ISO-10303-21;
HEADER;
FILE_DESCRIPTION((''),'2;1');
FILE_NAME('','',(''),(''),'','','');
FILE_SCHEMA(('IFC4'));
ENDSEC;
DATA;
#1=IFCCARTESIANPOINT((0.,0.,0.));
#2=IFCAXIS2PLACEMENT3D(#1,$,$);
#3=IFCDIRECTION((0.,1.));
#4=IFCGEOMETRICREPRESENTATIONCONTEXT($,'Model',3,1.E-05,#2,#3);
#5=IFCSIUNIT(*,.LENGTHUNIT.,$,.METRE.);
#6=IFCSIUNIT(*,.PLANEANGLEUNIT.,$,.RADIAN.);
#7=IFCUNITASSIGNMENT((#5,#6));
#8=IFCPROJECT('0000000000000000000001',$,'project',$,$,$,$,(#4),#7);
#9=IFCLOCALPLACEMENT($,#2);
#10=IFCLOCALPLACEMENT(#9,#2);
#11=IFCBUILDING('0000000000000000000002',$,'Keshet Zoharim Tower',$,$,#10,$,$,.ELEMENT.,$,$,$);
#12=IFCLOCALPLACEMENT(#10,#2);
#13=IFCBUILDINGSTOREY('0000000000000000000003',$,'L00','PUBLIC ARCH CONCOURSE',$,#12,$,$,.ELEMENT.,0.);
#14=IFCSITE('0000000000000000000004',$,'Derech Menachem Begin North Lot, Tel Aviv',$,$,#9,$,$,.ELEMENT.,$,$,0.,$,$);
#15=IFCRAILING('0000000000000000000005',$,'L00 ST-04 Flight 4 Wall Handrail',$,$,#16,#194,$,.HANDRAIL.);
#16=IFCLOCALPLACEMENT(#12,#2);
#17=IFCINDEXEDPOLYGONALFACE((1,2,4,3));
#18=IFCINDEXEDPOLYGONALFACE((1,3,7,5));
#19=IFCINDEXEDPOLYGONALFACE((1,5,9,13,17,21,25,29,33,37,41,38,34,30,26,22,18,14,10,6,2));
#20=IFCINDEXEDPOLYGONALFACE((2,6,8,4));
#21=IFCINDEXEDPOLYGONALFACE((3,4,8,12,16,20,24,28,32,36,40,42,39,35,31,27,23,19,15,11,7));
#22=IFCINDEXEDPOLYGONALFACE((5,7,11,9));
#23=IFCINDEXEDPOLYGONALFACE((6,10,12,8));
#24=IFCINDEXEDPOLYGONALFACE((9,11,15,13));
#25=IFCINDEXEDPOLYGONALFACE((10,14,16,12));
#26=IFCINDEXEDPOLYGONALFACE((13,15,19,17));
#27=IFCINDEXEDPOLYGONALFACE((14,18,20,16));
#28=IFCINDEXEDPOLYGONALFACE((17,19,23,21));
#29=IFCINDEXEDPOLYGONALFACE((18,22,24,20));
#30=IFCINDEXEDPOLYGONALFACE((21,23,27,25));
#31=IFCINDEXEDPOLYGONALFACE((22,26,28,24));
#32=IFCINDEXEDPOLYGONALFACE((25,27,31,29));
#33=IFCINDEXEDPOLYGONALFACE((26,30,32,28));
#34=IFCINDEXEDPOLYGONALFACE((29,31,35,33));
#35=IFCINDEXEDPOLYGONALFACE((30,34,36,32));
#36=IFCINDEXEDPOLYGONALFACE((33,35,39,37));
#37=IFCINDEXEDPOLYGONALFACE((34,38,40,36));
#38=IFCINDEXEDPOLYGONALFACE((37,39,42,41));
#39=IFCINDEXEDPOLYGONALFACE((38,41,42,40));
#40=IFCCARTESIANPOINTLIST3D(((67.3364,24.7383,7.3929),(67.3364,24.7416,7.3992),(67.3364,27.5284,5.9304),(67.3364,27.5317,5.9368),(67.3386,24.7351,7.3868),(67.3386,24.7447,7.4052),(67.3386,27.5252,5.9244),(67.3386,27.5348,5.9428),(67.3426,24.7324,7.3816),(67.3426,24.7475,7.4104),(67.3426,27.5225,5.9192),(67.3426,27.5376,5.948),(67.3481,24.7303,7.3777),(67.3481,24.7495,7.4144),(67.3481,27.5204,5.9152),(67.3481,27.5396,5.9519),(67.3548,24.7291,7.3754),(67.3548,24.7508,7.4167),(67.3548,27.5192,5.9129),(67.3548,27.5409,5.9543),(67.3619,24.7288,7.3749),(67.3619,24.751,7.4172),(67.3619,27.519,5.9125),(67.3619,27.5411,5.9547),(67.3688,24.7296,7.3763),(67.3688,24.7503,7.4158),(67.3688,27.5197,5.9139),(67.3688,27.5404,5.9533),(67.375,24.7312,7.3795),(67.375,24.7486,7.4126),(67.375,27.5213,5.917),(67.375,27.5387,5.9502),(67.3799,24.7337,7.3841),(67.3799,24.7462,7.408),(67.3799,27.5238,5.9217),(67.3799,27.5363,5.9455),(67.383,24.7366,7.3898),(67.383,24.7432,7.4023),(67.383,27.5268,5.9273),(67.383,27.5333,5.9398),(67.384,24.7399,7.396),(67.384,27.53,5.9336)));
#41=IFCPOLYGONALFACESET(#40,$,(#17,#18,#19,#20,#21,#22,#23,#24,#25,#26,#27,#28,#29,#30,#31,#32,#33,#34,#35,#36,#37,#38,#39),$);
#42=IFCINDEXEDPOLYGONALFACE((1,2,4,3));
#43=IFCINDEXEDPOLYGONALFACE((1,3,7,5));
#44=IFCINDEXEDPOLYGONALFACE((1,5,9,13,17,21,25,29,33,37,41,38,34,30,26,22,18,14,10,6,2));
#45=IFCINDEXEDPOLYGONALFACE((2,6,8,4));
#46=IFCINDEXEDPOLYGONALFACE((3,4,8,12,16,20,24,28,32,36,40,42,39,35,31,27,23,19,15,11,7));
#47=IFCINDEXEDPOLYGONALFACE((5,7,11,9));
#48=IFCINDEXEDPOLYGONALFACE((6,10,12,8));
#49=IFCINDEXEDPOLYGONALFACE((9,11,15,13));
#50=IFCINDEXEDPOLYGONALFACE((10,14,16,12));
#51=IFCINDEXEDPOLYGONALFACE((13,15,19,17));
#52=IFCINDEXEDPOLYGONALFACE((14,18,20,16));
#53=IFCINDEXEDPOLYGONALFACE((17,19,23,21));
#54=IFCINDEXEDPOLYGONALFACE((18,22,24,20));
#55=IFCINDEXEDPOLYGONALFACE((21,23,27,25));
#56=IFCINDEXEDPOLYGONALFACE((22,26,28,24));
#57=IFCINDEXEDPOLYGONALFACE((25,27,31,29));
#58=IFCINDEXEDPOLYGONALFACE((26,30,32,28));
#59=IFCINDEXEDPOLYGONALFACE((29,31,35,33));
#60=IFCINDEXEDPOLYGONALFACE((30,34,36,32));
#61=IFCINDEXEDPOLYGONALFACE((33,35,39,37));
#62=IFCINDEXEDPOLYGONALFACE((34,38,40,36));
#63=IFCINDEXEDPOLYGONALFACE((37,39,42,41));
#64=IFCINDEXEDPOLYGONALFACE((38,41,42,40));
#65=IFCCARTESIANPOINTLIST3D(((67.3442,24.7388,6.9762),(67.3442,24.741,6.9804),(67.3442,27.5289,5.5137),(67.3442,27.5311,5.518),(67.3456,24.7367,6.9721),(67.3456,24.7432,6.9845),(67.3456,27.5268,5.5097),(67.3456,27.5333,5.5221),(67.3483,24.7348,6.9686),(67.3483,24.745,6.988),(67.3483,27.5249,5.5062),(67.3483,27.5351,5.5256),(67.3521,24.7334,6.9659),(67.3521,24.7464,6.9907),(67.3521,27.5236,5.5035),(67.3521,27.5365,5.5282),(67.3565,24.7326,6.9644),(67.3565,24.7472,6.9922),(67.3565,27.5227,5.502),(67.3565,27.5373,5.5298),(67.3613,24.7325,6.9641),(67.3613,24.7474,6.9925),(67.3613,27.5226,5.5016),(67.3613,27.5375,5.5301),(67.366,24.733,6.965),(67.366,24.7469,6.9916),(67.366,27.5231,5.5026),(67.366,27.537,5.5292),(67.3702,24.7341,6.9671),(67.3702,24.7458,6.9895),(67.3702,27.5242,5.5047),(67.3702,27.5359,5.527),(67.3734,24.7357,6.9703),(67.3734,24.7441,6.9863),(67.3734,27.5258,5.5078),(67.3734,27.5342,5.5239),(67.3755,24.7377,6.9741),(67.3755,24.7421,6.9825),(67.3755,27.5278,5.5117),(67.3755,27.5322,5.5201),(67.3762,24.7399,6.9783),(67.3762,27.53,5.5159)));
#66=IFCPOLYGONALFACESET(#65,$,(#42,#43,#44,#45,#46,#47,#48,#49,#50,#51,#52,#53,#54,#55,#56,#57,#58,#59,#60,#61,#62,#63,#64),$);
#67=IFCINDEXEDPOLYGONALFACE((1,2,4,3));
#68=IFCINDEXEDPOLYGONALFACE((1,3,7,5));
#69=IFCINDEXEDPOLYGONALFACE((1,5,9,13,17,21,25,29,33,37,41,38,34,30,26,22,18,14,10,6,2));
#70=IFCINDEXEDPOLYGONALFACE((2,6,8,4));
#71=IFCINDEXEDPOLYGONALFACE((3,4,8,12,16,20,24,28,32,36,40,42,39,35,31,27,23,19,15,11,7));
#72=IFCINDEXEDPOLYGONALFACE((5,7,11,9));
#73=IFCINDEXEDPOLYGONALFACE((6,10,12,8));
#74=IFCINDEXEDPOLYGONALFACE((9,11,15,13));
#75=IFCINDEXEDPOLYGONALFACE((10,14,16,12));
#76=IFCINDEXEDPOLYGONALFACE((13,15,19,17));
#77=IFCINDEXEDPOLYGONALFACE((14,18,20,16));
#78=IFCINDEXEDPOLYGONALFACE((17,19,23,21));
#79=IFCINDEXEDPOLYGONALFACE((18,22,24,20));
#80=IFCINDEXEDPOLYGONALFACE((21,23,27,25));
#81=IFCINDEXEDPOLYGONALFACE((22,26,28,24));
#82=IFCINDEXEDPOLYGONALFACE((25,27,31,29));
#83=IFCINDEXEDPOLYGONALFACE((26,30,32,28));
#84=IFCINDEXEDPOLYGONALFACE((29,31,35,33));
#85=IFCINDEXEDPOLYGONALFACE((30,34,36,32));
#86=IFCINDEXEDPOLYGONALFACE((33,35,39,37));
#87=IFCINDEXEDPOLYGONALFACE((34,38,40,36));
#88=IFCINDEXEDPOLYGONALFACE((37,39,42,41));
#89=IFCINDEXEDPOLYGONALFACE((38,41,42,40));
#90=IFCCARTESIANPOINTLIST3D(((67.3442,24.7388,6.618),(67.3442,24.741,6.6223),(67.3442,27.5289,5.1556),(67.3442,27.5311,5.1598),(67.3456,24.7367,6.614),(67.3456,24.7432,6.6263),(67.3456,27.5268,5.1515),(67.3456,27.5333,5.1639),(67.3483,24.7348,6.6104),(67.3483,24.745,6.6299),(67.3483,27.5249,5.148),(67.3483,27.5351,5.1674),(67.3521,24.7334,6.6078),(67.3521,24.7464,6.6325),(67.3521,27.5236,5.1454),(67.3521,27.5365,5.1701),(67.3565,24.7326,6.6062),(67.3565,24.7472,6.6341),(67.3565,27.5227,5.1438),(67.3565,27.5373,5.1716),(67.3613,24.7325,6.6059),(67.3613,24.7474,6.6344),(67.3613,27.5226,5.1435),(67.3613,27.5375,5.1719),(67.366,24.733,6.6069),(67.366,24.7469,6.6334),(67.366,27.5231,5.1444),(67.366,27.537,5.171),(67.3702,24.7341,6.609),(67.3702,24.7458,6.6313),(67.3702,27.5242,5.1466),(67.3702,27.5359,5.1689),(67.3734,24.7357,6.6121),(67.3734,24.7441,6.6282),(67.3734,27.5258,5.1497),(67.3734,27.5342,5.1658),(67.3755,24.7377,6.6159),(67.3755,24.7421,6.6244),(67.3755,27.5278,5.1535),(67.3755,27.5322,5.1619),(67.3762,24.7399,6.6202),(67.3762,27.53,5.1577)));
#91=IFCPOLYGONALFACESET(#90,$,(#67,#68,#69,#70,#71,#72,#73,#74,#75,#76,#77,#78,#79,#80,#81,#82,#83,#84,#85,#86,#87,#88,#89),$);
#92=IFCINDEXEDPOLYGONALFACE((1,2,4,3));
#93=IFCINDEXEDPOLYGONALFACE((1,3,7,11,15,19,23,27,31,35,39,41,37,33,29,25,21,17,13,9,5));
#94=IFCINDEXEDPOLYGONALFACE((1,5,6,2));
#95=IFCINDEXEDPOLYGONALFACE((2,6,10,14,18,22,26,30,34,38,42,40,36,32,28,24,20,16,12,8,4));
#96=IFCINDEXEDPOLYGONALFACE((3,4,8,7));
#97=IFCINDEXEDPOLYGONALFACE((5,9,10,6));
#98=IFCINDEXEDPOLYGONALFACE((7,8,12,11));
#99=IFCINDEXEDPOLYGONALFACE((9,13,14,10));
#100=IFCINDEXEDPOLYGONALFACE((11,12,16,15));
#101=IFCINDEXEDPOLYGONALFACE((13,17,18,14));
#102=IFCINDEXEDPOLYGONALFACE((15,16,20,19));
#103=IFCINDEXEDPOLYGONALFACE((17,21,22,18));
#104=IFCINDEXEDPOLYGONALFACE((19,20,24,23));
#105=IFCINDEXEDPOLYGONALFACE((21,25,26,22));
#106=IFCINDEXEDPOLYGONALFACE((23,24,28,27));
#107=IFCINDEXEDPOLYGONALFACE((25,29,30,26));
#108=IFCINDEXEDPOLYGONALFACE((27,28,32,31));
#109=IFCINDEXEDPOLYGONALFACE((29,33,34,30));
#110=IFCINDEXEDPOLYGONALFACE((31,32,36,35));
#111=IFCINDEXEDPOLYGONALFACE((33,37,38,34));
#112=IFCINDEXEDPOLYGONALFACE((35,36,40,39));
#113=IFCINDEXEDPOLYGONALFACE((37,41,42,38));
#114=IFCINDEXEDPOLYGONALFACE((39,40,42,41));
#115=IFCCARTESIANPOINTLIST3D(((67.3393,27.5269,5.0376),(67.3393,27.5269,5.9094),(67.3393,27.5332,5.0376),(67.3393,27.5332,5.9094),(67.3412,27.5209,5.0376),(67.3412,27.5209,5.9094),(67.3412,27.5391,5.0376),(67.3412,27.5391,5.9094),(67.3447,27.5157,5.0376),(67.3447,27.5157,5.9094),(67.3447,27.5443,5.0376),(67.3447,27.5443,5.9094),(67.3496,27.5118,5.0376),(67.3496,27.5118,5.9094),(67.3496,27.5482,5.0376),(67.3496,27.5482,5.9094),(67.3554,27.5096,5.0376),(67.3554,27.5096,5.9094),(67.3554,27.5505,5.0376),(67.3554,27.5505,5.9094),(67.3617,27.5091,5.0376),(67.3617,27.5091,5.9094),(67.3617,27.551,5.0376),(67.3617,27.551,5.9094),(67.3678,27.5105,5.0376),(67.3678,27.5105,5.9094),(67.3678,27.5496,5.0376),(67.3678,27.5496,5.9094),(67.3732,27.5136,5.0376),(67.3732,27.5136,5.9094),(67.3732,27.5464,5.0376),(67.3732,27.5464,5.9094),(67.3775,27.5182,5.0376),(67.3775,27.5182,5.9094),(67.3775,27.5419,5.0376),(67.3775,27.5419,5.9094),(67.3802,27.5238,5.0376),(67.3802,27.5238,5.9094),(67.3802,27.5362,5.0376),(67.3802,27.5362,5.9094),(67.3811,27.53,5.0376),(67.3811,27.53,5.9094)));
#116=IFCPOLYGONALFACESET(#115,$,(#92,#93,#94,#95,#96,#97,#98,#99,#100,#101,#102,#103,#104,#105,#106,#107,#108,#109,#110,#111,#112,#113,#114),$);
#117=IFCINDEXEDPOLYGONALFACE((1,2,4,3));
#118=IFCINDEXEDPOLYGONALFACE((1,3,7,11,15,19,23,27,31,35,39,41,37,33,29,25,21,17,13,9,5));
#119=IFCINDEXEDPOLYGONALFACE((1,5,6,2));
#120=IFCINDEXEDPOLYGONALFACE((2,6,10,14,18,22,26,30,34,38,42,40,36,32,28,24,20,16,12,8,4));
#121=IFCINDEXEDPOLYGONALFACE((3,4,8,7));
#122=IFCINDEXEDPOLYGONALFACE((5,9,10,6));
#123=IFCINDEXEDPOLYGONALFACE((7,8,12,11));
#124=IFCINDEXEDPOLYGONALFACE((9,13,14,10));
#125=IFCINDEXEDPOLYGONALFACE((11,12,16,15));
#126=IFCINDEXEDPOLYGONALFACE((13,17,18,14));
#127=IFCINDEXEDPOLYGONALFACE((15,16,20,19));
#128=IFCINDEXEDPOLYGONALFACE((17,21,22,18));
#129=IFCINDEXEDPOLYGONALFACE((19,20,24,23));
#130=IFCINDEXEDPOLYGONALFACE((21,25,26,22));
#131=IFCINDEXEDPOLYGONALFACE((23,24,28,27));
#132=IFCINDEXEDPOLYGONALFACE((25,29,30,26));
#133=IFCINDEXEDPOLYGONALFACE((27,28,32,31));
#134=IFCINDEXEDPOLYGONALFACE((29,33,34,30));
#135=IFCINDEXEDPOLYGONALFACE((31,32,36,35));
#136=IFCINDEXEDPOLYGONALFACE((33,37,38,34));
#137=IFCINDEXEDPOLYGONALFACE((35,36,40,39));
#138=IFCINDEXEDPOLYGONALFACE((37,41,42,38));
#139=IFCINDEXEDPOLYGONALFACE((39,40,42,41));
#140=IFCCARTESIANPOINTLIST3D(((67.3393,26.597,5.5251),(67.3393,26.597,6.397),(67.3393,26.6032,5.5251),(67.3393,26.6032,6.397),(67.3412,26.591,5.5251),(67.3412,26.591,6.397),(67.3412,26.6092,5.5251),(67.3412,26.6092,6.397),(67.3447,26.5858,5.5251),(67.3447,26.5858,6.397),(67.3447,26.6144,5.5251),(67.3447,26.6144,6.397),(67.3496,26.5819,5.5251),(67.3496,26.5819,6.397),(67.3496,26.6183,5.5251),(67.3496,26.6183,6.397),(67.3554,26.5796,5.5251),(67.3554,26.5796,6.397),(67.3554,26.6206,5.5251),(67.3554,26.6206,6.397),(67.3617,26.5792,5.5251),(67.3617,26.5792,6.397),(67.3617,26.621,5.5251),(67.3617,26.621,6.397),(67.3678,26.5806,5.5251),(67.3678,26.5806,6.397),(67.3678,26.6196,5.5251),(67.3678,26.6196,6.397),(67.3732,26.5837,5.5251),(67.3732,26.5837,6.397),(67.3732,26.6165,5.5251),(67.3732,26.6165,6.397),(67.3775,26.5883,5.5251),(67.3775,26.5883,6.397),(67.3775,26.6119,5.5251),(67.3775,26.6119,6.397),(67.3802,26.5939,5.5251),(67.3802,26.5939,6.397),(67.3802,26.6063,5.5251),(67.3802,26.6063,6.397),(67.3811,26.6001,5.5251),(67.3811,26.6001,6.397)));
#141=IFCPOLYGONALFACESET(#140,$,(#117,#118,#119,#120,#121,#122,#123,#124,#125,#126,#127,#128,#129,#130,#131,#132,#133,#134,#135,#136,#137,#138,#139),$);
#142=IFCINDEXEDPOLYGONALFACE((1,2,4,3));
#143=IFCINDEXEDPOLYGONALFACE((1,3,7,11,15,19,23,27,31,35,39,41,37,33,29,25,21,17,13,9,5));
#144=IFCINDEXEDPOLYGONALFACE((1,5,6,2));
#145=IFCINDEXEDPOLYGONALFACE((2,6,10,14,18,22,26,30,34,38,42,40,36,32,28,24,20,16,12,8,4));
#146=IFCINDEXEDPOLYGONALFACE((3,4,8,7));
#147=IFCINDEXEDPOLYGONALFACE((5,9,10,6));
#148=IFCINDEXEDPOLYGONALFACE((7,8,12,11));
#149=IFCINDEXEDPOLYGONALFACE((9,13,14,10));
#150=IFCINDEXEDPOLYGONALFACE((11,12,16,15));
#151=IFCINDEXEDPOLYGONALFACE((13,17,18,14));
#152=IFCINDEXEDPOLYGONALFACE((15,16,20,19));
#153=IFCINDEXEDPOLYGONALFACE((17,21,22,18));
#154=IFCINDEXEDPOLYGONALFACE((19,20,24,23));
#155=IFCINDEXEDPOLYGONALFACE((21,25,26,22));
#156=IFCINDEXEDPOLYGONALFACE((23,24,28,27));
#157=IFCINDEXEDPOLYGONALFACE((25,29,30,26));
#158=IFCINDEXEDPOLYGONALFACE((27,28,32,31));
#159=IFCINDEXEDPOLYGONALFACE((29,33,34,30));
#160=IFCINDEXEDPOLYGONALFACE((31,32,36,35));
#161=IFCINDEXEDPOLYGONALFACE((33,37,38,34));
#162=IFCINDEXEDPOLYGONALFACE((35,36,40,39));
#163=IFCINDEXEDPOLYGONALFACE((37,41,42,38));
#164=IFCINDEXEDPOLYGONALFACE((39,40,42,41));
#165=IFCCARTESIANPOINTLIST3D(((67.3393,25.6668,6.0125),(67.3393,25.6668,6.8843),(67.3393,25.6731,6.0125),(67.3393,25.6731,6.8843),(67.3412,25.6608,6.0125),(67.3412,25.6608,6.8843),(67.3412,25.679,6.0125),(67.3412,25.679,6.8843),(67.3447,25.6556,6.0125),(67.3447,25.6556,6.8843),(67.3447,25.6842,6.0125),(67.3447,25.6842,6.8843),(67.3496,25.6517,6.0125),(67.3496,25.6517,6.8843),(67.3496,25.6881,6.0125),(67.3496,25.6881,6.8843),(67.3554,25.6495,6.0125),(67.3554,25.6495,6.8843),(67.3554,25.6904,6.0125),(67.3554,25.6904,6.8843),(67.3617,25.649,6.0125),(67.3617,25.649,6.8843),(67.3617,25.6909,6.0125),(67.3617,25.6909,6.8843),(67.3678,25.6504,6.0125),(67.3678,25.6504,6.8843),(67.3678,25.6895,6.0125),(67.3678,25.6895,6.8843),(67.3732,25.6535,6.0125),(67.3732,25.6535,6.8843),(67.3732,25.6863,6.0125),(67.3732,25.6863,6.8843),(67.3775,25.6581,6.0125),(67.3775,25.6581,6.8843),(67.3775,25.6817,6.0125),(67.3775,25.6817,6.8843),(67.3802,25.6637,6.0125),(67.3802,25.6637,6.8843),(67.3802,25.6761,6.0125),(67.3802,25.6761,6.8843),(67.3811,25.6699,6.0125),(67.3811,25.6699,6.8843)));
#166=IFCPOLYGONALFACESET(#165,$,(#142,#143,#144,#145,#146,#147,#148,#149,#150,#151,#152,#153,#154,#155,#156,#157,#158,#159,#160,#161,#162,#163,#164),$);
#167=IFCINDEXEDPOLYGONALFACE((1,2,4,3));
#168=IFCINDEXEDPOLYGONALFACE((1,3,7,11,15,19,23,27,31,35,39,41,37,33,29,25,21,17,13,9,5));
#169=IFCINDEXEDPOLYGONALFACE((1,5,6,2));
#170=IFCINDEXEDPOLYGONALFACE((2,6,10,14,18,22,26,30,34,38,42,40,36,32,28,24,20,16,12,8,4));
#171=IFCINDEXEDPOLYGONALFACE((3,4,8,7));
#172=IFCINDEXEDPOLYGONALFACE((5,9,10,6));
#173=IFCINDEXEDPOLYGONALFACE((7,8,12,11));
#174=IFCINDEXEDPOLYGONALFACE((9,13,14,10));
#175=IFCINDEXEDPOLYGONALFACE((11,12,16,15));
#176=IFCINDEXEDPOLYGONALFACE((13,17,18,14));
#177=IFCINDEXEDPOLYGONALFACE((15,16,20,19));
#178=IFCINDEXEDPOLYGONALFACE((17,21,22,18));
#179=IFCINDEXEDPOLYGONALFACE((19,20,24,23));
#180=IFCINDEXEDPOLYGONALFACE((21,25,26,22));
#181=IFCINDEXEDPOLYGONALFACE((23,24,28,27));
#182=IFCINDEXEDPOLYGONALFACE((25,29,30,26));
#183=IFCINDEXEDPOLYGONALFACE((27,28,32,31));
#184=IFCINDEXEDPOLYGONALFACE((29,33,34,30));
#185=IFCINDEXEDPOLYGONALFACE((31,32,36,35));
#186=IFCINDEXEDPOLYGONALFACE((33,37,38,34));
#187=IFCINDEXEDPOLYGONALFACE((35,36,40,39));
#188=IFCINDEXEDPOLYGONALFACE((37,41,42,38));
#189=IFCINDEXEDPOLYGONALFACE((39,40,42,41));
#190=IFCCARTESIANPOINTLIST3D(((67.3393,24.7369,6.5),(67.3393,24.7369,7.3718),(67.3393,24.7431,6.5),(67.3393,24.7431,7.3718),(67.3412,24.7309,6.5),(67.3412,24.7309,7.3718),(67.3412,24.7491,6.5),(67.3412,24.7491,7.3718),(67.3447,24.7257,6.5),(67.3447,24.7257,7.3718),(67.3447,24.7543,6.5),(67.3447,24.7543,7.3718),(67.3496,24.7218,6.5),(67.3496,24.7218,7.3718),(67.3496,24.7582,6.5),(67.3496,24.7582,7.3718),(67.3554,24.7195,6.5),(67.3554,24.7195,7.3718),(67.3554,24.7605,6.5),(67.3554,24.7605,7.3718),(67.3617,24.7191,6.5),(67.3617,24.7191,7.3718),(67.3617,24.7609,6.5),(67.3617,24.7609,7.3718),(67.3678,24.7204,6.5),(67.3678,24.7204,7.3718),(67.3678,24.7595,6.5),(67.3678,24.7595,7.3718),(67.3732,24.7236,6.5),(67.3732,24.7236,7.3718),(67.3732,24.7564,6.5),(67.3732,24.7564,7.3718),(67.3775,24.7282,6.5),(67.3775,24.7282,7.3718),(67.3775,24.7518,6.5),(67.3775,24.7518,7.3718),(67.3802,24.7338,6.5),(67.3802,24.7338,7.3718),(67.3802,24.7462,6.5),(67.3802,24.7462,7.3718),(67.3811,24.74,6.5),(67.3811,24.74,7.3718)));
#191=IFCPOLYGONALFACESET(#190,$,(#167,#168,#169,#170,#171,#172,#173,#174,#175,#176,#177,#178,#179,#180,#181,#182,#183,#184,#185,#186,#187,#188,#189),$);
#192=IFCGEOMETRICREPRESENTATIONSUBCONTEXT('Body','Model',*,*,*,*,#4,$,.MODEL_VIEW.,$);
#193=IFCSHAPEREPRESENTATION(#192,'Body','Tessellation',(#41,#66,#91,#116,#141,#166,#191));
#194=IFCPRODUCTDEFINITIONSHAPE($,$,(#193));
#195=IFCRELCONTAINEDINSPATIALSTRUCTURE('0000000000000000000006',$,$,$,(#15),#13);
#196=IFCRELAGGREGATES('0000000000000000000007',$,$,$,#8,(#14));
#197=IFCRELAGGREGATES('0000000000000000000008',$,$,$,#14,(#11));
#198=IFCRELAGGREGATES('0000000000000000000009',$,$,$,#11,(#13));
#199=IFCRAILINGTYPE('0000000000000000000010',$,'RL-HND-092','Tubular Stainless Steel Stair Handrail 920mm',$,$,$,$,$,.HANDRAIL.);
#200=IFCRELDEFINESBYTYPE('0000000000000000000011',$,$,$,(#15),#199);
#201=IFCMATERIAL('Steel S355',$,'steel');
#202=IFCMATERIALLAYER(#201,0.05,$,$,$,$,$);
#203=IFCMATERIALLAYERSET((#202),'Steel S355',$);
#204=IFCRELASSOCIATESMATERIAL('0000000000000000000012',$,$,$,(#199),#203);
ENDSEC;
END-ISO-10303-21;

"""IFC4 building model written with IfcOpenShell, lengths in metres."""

from ifc_helpers import new_model, si_unit, direction, frame, origin, origin_2d, place, context, subcontext, project, spatial, circle, extrude, material, layer, layer_set, type_object, element, save


model = new_model("IFC4")

# Units and contexts
model_context = context("Model", 3, precision=1e-05, world=origin(), true_north=direction((0.0, 1.0)))
body_context = subcontext(model_context, "Body", "Model", "MODEL_VIEW")
ifc_project = project(units=[si_unit("LENGTHUNIT", "METRE"), si_unit("PLANEANGLEUNIT", "RADIAN")], contexts=[model_context])

# Site, building, storey
site_placement = place(None, origin())
site = spatial("IfcSite", under=ifc_project, at=site_placement, Name="Derech Menachem Begin North Lot, Tel Aviv", CompositionType="ELEMENT", RefElevation=0.0)
building_placement = place(site_placement, origin())
building = spatial("IfcBuilding", under=site, at=building_placement, Name="Keshet Zoharim Tower", CompositionType="ELEMENT")
storey_placement = place(building_placement, origin())
storey = spatial("IfcBuildingStorey", under=building, at=storey_placement, Name="L00", Description="PUBLIC ARCH CONCOURSE", CompositionType="ELEMENT", Elevation=0.0)

# Shared definitions
ifc_material_1 = material(Name="Steel S355", Category="steel")

# Railing
ifc_layer_1 = layer(ifc_material_1, 0.05)
ifc_layer_set_1 = layer_set([ifc_layer_1], Name="Steel S355")
railing_type_1 = type_object("IfcRailingType", Name="RL-HND-092", Description="Tubular Stainless Steel Stair Handrail 920mm", PredefinedType="HANDRAIL", material=ifc_layer_set_1)
railing_1_placement = place(storey_placement, frame((67.3601, 27.53, 5.0376)))
element("IfcRailing", 1, at=railing_1_placement, inside=storey, type_object=railing_type_1, Name="L00 ST-04 Flight 4 Wall Handrail", PredefinedType="HANDRAIL", context=body_context, shape_type="SweptSolid", body=[
    extrude(circle(Radius=0.0239, at=origin_2d()), frame((0.0, 0.0, 0.896), z_axis=(0.0, -0.885707, 0.464244), x_axis=(1.0, 0.0, 0.0)), (0.0, 0.0, 1.0), 3.1501),
    extrude(circle(Radius=0.0161, at=origin_2d()), frame((0.0, 0.0, 0.4783), z_axis=(0.0, -0.885707, 0.464244), x_axis=(1.0, 0.0, 0.0)), (0.0, 0.0, 1.0), 3.1501),
    extrude(circle(Radius=0.0161, at=origin_2d()), frame((0.0, 0.0, 0.1201), z_axis=(0.0, -0.885707, 0.464244), x_axis=(1.0, 0.0, 0.0)), (0.0, 0.0, 1.0), 3.1501),
    extrude(circle(Radius=0.021, at=origin_2d()), origin(), (0.0, 0.0, 1.0), 0.8718),
    extrude(circle(Radius=0.021, at=origin_2d()), frame((0.0, -0.9299, 0.4875)), (0.0, 0.0, 1.0), 0.8718),
    extrude(circle(Radius=0.021, at=origin_2d()), frame((0.0, -1.8601, 0.9749)), (0.0, 0.0, 1.0), 0.8718),
    extrude(circle(Radius=0.021, at=origin_2d()), frame((0.0, -2.79, 1.4624)), (0.0, 0.0, 1.0), 0.8718),
])

save(model, "model.ifc")
